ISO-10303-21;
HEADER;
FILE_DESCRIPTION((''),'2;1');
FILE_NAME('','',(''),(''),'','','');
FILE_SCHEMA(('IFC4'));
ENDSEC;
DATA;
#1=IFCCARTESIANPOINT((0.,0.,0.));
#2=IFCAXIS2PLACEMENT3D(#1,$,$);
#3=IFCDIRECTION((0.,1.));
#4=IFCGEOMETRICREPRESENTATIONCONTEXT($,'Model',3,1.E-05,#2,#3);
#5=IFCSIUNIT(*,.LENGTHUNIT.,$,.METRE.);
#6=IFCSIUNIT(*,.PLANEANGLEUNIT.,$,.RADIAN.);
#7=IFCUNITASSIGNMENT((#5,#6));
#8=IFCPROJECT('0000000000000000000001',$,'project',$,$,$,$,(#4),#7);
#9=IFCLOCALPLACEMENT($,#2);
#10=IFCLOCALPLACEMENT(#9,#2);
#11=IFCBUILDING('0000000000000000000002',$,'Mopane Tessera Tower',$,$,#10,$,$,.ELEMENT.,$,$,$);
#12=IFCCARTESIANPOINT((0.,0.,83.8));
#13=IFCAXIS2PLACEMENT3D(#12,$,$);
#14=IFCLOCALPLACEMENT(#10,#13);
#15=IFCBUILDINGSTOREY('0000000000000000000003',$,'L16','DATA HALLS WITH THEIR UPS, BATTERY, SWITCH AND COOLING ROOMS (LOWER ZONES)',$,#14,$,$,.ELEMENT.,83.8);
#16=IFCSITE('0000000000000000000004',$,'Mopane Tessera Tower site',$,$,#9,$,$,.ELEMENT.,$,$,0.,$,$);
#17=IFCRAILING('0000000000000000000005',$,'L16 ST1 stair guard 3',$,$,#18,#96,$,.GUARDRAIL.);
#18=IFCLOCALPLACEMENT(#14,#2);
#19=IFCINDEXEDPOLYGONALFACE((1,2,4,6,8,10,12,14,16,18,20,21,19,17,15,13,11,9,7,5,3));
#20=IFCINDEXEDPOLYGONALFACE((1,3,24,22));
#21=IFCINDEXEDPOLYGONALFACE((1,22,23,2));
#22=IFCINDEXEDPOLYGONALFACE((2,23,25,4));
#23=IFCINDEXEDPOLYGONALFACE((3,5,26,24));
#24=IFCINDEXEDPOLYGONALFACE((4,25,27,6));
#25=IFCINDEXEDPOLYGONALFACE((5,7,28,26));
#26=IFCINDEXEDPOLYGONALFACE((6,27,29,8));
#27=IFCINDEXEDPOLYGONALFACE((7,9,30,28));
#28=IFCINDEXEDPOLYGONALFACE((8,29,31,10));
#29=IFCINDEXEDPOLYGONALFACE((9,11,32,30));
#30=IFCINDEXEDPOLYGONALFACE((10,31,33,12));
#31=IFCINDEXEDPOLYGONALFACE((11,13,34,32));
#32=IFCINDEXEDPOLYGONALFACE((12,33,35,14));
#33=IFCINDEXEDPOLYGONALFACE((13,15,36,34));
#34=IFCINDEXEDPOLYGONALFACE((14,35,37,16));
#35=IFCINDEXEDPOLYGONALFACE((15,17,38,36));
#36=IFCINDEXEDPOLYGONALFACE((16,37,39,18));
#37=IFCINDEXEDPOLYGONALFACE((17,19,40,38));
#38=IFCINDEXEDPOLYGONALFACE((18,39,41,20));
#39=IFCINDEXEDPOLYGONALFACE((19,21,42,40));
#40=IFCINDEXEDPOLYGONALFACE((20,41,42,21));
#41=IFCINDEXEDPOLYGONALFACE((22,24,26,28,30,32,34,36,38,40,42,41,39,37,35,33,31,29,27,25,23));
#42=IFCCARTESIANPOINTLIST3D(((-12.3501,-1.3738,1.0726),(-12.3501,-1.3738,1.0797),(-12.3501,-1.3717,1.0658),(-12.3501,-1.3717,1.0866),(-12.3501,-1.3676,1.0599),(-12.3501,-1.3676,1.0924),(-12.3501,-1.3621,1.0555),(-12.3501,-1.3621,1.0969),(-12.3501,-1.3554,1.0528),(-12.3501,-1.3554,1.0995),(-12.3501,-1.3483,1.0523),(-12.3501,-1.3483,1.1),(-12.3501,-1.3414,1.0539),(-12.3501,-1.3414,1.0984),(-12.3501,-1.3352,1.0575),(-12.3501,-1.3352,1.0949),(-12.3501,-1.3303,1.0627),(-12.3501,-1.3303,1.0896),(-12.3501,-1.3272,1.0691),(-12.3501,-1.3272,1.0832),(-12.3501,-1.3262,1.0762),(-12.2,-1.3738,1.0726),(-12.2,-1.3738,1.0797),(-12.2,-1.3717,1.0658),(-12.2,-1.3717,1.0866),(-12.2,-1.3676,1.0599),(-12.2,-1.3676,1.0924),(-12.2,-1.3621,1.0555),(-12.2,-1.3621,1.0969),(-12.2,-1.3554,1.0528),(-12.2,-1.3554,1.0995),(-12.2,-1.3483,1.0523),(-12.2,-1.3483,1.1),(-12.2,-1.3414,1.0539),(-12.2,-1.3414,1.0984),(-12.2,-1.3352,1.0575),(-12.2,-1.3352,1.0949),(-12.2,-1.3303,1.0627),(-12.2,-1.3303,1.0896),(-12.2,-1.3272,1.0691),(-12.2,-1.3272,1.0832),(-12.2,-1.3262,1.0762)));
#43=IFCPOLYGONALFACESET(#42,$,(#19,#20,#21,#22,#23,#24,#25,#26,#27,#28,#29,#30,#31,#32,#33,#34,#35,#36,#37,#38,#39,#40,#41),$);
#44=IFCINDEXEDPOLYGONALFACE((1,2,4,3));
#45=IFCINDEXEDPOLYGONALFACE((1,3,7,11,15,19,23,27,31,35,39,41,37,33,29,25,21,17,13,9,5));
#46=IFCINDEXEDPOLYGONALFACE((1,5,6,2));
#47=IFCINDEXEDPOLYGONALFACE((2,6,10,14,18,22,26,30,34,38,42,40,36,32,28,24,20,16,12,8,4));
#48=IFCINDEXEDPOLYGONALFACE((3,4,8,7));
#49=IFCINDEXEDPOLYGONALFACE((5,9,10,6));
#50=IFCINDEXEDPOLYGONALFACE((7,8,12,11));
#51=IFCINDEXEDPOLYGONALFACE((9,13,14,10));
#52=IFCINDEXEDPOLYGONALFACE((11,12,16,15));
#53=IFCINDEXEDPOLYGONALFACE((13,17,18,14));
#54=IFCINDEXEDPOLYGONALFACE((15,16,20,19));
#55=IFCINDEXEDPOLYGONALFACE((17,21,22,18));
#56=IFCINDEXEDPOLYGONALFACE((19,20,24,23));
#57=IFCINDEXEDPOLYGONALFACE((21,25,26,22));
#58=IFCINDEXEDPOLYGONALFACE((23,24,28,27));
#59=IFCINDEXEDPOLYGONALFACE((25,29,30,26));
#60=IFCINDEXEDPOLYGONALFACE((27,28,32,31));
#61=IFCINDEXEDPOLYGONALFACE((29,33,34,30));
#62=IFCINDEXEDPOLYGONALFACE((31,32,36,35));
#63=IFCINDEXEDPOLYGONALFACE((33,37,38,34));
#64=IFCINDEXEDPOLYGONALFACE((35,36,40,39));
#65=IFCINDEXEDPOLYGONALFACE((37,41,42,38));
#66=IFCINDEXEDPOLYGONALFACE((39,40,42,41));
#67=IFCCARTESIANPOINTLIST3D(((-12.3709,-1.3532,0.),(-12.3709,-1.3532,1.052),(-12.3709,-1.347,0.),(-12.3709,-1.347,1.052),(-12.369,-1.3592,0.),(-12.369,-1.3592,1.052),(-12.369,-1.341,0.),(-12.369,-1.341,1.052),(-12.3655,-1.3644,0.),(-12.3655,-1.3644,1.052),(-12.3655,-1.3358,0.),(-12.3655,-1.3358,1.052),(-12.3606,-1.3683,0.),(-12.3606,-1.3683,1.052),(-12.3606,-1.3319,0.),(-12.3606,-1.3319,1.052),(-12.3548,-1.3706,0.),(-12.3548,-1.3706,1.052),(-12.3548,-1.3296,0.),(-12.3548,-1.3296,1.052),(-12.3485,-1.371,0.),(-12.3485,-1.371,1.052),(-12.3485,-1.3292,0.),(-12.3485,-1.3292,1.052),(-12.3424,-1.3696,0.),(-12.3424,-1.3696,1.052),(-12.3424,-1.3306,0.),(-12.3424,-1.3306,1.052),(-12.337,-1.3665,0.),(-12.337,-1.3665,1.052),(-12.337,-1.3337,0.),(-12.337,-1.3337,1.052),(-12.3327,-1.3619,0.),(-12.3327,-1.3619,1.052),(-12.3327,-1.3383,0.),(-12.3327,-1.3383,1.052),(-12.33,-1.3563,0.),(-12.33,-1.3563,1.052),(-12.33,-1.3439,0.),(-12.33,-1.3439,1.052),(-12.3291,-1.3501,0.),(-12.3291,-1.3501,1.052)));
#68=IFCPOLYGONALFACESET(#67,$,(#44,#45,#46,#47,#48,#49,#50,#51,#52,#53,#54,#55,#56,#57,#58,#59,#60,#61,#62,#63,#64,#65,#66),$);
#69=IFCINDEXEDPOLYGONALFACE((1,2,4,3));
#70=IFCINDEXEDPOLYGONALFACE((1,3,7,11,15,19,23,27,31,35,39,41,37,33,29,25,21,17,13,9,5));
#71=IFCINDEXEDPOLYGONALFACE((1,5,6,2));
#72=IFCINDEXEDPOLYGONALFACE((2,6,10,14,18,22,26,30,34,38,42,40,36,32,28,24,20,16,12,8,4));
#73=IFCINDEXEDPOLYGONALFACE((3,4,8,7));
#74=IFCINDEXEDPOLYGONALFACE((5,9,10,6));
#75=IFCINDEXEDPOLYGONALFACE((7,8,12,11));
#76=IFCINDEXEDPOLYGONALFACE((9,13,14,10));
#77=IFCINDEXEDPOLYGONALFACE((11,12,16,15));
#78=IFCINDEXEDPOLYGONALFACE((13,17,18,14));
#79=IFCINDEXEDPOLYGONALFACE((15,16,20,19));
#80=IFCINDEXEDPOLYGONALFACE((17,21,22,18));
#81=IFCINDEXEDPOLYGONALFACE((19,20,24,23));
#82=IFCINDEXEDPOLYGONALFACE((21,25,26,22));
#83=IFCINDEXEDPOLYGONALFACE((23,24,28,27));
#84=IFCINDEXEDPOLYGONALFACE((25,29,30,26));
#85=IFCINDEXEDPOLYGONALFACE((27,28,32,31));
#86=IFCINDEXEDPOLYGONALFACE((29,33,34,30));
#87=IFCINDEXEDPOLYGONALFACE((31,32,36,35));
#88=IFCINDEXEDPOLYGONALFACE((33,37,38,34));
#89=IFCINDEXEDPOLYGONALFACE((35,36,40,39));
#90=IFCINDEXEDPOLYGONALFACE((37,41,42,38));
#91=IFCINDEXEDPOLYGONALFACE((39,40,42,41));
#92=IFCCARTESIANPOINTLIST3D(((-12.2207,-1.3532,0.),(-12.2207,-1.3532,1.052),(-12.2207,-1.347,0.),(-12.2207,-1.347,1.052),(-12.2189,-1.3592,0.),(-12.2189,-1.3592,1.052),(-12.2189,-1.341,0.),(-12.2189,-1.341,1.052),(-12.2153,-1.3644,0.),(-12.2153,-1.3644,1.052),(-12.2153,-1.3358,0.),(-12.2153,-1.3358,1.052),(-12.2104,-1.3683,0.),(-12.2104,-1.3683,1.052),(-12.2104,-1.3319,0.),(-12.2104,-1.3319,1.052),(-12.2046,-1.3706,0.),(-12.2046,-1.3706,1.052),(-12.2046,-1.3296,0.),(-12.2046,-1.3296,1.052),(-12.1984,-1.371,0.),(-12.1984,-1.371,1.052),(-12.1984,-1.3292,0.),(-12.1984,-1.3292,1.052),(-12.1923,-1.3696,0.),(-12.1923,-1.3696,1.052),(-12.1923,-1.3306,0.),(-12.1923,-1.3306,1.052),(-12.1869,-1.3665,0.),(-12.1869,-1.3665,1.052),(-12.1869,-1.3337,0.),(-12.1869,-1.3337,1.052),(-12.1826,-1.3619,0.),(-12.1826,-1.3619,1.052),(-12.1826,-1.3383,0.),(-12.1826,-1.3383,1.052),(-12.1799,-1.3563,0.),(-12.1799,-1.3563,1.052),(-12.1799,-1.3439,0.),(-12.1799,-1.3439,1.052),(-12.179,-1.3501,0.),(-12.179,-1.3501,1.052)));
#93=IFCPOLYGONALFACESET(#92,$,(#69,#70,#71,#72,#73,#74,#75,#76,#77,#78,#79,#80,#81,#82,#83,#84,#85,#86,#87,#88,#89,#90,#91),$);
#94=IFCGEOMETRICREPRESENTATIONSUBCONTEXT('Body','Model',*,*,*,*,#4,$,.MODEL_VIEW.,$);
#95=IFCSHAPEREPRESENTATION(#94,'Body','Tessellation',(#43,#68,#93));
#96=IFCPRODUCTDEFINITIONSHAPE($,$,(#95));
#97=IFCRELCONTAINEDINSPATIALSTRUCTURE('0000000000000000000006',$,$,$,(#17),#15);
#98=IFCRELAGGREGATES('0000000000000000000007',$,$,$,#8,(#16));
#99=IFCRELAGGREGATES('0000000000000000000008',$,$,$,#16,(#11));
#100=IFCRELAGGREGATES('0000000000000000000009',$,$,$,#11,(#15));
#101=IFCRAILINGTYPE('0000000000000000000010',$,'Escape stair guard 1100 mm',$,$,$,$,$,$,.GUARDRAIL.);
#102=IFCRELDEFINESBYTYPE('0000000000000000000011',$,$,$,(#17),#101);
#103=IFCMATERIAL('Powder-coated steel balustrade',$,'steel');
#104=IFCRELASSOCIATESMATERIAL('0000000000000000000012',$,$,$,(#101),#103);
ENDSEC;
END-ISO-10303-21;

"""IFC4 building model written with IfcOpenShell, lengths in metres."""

from ifc_helpers import new_model, si_unit, direction, frame, origin, origin_2d, place, context, subcontext, project, spatial, circle, extrude, material, type_object, element, save


model = new_model("IFC4")

# Units and contexts
model_context = context("Model", 3, precision=1e-05, world=origin(), true_north=direction((0.0, 1.0)))
body_context = subcontext(model_context, "Body", "Model", "MODEL_VIEW")
ifc_project = project(units=[si_unit("LENGTHUNIT", "METRE"), si_unit("PLANEANGLEUNIT", "RADIAN")], contexts=[model_context])

# Site, building, storey
site_placement = place(None, origin())
site = spatial("IfcSite", under=ifc_project, at=site_placement, Name="Mopane Tessera Tower site", CompositionType="ELEMENT", RefElevation=0.0)
building_placement = place(site_placement, origin())
building = spatial("IfcBuilding", under=site, at=building_placement, Name="Mopane Tessera Tower", CompositionType="ELEMENT")
storey_placement = place(building_placement, frame((0.0, 0.0, 83.8)))
storey = spatial("IfcBuildingStorey", under=building, at=storey_placement, Name="L16", Description="DATA HALLS WITH THEIR UPS, BATTERY, SWITCH AND COOLING ROOMS (LOWER ZONES)", CompositionType="ELEMENT", Elevation=83.8)

# Railing
ifc_material_1 = material(Name="Powder-coated steel balustrade", Category="steel")
railing_type_1 = type_object("IfcRailingType", Name="Escape stair guard 1100 mm", PredefinedType="GUARDRAIL", material=ifc_material_1)
railing_1_placement = place(storey_placement, frame((-12.3501, -1.3501, 0.0)))
element("IfcRailing", 1, at=railing_1_placement, inside=storey, type_object=railing_type_1, Name="L16 ST1 stair guard 3", PredefinedType="GUARDRAIL", context=body_context, shape_type="SweptSolid", body=[
    extrude(circle(Radius=0.0239, at=origin_2d()), frame((0.0, 0.0, 1.0762), z_axis=(1.0, 0.0, 0.0), x_axis=(0.0, 1.0, 0.0)), (0.0, 0.0, 1.0), 0.1501),
    extrude(circle(Radius=0.021, at=origin_2d()), origin(), (0.0, 0.0, 1.0), 1.052),
    extrude(circle(Radius=0.021, at=origin_2d()), frame((0.1501, 0.0, 0.0)), (0.0, 0.0, 1.0), 1.052),
])

save(model, "model.ifc")
